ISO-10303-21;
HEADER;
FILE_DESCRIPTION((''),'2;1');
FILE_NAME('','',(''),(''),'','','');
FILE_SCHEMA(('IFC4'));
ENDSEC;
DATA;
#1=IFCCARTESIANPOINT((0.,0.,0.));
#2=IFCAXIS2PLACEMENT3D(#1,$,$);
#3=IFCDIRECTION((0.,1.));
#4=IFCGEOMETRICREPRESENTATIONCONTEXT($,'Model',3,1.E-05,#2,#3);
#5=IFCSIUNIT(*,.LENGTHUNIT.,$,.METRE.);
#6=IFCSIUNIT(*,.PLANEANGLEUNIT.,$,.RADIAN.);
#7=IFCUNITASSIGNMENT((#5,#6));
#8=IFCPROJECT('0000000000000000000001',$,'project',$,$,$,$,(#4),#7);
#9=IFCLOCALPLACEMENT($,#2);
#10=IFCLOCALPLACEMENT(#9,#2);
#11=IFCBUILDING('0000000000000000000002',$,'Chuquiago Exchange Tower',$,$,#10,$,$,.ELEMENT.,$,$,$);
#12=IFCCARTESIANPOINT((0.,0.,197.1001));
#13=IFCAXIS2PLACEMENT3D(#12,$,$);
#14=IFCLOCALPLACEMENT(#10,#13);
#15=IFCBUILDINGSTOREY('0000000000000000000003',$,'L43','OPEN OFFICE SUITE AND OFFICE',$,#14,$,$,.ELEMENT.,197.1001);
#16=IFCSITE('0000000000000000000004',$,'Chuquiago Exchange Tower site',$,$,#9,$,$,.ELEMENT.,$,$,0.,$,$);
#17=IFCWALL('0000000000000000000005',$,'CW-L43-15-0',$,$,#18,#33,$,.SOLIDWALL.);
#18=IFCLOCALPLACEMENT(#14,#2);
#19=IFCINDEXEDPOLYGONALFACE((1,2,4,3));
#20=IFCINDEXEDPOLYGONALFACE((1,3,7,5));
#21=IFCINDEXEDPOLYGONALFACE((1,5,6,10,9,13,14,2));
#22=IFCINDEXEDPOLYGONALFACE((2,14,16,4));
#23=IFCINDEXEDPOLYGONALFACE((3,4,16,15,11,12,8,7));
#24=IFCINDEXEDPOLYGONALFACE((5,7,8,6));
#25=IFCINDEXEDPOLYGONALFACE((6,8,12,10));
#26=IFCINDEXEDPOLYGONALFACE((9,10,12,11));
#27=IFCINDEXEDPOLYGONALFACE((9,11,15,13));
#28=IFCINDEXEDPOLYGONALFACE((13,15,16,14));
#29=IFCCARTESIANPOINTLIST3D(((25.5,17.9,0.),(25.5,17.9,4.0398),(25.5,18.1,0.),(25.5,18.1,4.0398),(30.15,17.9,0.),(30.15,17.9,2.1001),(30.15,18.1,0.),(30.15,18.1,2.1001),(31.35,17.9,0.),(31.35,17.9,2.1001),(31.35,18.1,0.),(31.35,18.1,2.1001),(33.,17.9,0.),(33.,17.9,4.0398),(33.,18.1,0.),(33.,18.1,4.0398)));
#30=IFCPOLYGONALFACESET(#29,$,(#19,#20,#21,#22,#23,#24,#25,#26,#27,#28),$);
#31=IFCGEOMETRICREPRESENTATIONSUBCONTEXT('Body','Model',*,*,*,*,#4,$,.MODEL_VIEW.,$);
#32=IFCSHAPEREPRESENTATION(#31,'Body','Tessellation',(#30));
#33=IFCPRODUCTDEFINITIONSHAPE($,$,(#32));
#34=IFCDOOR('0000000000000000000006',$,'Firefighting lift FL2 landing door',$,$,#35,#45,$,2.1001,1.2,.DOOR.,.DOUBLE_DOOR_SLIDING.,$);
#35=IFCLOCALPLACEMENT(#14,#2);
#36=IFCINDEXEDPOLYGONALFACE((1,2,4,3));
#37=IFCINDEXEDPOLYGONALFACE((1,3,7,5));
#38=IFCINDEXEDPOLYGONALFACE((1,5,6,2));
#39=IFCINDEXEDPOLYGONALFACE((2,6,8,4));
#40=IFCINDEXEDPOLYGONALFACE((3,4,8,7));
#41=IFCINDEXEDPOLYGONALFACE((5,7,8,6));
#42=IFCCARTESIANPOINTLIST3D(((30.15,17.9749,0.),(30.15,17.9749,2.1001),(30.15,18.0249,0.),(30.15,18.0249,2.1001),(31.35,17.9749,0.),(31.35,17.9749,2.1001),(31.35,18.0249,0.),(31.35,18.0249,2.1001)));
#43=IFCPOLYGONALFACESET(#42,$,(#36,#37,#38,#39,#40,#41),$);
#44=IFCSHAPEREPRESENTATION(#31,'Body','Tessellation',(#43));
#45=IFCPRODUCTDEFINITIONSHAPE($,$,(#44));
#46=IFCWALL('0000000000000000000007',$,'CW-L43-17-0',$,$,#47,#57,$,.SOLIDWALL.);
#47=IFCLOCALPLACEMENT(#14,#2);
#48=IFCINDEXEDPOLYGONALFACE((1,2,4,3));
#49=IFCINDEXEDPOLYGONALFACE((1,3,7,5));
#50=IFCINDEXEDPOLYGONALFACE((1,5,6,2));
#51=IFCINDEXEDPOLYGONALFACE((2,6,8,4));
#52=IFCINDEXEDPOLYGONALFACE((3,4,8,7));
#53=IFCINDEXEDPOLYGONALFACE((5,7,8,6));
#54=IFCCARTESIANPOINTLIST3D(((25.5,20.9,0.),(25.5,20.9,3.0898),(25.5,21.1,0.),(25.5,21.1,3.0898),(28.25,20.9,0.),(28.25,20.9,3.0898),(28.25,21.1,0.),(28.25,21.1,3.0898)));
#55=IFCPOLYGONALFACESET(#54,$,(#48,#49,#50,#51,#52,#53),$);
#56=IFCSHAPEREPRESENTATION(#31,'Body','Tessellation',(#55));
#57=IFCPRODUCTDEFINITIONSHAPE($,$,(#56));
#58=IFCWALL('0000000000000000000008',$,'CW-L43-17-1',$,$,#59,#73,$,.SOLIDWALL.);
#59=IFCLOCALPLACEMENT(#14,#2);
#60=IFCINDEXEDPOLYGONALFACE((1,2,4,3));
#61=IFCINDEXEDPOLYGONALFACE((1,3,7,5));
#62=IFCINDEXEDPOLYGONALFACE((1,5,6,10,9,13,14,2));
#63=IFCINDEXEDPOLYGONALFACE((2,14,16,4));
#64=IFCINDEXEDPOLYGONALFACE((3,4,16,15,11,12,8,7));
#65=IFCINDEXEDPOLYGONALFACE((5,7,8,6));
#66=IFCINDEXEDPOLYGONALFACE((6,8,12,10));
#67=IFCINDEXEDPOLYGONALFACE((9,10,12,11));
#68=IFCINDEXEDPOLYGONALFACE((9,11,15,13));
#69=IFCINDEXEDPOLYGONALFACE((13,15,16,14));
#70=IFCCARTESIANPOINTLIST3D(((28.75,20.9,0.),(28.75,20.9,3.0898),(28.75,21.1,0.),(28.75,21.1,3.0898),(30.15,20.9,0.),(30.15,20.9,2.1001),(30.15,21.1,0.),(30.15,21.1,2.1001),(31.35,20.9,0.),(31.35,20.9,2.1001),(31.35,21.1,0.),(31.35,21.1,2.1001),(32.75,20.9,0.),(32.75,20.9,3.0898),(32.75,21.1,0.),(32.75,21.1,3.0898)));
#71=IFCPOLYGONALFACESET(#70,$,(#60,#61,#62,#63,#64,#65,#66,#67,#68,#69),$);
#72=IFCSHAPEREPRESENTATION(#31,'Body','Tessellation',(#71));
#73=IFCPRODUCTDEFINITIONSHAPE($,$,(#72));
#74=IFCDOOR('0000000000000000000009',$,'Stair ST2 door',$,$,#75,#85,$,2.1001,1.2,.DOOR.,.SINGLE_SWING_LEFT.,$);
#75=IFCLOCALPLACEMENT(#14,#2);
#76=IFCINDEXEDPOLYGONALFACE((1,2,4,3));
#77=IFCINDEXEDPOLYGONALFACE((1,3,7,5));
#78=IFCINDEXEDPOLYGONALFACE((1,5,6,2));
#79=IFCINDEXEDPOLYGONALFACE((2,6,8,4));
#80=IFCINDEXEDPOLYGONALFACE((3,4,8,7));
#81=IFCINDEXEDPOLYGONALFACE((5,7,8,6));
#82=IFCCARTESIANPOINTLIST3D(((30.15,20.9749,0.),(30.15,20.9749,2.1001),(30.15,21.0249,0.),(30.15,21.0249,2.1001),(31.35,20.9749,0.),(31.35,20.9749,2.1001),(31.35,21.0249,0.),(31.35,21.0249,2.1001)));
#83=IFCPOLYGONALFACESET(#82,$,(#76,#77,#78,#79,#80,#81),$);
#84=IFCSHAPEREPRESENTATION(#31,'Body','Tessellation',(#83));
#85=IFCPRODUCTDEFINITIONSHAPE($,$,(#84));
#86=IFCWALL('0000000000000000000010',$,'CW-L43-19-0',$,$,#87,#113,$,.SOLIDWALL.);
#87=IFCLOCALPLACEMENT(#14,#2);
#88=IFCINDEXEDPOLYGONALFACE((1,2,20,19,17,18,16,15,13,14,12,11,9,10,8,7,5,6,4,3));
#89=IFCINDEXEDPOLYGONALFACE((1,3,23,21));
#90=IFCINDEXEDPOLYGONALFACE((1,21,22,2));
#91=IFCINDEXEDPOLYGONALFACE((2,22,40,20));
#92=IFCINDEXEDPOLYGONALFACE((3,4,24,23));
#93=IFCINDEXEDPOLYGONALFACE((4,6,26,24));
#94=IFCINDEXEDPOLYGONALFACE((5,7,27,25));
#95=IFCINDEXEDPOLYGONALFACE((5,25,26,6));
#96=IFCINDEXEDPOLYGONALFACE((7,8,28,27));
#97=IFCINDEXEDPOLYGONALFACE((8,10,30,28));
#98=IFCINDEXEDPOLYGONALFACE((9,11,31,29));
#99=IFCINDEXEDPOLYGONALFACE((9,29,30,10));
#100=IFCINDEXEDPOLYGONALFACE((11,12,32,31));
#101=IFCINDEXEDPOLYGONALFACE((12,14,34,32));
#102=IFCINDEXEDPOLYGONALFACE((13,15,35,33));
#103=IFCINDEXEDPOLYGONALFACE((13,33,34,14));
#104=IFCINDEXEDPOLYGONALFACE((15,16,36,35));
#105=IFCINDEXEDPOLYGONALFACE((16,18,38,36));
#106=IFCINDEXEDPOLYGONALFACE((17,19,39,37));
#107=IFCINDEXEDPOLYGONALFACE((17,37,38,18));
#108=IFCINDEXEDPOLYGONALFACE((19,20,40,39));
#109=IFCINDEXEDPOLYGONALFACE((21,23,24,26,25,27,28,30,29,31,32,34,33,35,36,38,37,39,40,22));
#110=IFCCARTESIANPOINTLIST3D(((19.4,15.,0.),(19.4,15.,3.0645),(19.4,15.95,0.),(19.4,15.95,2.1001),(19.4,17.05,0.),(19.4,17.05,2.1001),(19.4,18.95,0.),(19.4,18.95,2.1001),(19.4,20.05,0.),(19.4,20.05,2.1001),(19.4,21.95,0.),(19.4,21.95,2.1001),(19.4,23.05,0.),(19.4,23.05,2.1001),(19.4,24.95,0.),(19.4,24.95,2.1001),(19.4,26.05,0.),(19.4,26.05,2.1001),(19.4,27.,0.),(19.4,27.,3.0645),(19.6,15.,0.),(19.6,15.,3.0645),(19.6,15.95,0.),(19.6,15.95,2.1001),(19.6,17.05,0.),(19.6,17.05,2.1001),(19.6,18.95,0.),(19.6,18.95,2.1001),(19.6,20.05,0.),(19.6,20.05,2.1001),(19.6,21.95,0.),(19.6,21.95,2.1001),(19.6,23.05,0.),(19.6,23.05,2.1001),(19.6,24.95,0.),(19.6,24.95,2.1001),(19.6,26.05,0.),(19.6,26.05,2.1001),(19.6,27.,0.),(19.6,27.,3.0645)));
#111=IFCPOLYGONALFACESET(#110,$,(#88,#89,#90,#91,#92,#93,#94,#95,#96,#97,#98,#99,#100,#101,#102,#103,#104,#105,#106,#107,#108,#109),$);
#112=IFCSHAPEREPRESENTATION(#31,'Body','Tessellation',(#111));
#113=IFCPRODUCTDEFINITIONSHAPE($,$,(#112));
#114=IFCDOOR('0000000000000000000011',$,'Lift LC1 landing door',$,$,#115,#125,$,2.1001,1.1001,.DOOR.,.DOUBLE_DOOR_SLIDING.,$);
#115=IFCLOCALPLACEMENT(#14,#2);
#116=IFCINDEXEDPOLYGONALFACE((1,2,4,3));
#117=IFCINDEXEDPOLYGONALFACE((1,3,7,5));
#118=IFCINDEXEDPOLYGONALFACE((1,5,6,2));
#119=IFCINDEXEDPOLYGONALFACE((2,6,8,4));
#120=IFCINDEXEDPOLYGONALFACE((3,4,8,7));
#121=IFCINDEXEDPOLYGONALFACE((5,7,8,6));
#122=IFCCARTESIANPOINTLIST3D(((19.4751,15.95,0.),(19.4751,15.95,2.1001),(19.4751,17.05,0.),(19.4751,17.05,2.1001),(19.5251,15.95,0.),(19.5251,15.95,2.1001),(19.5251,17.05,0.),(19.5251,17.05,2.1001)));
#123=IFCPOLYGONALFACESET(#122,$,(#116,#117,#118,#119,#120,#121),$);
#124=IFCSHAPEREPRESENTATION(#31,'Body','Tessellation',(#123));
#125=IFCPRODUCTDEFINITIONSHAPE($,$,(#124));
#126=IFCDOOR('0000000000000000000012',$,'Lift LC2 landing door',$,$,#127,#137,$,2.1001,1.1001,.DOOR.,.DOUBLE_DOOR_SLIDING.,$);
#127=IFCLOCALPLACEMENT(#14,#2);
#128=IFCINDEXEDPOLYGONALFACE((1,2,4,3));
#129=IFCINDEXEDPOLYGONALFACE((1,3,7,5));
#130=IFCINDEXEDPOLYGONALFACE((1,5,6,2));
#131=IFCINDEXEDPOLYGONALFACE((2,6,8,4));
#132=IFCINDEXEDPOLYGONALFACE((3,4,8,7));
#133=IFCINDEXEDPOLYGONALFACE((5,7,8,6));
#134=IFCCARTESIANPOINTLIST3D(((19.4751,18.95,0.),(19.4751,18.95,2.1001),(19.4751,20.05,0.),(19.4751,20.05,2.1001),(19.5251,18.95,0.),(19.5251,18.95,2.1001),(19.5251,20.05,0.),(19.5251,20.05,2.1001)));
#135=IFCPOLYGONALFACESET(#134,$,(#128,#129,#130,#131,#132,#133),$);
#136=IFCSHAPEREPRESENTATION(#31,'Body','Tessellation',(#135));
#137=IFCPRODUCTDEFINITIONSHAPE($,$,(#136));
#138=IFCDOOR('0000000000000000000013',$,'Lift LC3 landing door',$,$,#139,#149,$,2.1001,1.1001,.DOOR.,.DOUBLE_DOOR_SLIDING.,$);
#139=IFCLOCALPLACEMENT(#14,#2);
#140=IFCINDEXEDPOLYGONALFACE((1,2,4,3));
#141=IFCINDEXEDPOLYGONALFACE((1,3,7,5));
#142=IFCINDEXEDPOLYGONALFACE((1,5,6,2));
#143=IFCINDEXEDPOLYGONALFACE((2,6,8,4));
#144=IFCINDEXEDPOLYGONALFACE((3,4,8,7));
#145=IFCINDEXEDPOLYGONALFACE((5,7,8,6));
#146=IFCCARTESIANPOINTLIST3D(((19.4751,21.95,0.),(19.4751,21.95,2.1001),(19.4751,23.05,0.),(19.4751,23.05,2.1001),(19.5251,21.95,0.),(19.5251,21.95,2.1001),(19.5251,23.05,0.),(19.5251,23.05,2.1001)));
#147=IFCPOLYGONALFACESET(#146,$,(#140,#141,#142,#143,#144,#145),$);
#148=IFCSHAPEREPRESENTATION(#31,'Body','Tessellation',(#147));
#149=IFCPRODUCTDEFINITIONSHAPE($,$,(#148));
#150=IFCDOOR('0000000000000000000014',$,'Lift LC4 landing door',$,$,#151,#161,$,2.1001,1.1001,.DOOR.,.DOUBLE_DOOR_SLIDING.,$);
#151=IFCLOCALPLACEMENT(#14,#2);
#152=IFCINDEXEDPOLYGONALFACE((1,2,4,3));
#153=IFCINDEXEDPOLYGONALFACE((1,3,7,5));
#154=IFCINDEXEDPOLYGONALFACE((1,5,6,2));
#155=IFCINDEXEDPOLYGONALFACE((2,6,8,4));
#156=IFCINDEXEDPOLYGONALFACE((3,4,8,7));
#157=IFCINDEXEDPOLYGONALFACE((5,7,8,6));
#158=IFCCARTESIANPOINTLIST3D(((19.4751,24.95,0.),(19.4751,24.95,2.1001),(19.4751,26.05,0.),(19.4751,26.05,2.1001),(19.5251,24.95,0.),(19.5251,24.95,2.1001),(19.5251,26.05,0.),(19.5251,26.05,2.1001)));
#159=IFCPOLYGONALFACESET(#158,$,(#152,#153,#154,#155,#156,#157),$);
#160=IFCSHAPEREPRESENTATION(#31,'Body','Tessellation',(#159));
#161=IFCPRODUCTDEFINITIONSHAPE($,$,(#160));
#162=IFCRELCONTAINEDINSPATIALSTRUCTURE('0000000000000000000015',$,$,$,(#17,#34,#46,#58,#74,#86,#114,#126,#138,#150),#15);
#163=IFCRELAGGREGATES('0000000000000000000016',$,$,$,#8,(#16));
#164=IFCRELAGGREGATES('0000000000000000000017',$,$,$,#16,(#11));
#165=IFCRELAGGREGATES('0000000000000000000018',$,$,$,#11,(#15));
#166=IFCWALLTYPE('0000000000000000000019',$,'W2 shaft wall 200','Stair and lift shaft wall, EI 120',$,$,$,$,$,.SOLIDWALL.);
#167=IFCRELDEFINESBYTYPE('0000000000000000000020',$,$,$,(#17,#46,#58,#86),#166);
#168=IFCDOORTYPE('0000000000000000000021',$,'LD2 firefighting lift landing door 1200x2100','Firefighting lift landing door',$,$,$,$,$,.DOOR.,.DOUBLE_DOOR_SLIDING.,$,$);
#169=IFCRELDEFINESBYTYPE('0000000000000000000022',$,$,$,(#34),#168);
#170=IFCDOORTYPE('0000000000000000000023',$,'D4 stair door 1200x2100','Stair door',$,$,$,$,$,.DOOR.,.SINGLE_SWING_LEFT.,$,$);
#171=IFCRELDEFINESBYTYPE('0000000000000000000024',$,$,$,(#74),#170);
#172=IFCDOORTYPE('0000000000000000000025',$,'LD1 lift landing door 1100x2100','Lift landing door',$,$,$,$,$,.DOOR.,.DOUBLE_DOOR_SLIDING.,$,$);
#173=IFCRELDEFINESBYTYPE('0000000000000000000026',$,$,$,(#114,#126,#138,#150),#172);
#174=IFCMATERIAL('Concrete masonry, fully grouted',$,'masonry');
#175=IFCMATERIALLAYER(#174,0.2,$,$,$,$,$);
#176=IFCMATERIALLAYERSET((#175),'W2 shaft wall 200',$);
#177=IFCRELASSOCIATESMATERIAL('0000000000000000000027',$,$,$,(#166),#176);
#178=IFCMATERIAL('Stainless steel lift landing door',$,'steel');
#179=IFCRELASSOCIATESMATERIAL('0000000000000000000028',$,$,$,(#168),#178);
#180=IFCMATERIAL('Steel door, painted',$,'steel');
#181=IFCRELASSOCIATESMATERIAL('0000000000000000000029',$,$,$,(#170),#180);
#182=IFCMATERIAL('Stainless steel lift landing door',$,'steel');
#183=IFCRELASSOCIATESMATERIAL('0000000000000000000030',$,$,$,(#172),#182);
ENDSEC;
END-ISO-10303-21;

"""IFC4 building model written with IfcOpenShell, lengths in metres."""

from ifc_helpers import new_model, si_unit, direction, frame, frame_2d, origin, place, context, subcontext, project, spatial, rectangle, extrude, material, layer, layer_set, type_object, element, fill, save


model = new_model("IFC4")

# Units and contexts
model_context = context("Model", 3, precision=1e-05, world=origin(), true_north=direction((0.0, 1.0)))
body_context = subcontext(model_context, "Body", "Model", "MODEL_VIEW")
ifc_project = project(units=[si_unit("LENGTHUNIT", "METRE"), si_unit("PLANEANGLEUNIT", "RADIAN")], contexts=[model_context])

# Site, building, storey
site_placement = place(None, origin())
site = spatial("IfcSite", under=ifc_project, at=site_placement, Name="Chuquiago Exchange Tower site", CompositionType="ELEMENT", RefElevation=0.0)
building_placement = place(site_placement, origin())
building = spatial("IfcBuilding", under=site, at=building_placement, Name="Chuquiago Exchange Tower", CompositionType="ELEMENT")
storey_placement = place(building_placement, frame((0.0, 0.0, 197.1001)))
storey = spatial("IfcBuildingStorey", under=building, at=storey_placement, Name="L43", Description="OPEN OFFICE SUITE AND OFFICE", CompositionType="ELEMENT", Elevation=197.1001)

# Shared definitions
ifc_material_1 = material(Name="Concrete masonry, fully grouted", Category="masonry")
ifc_layer_1 = layer(ifc_material_1, 0.2)
ifc_layer_set_1 = layer_set([ifc_layer_1], Name="W2 shaft wall 200")
wall_type_1 = type_object("IfcWallType", Name="W2 shaft wall 200", Description="Stair and lift shaft wall, EI 120", PredefinedType="SOLIDWALL", material=ifc_layer_set_1)

# Wall, opening, door
wall_1_placement = place(storey_placement, frame((25.5, 18.0, 0.0), z_axis=(0.0, 0.0, 1.0), x_axis=(1.0, 0.0, 0.0)))
wall_1 = element("IfcWall", 1, at=wall_1_placement, inside=storey, type_object=wall_type_1, Name="CW-L43-15-0", PredefinedType="SOLIDWALL", context=body_context, shape_type="SweptSolid", body=[
    extrude(rectangle(XDim=7.5, YDim=0.2, at=frame_2d((3.75, 0.0))), origin(), (0.0, 0.0, 1.0), 4.0398),
])
opening_1_placement = place(wall_1_placement, frame((4.6499, 0.0, 0.0)))
opening_1 = element("IfcOpeningElement", 2, at=opening_1_placement, cuts=wall_1, PredefinedType="OPENING", context=body_context, shape_type="SweptSolid", body=[
    extrude(rectangle(XDim=1.2, YDim=2.1001, at=frame_2d((0.6001, 1.05))), frame((0.0, 0.1099, 0.0), z_axis=(0.0, -1.0, 0.0), x_axis=(1.0, 0.0, 0.0)), (0.0, 0.0, 1.0), 0.22),
])
ifc_material_2 = material(Name="Stainless steel lift landing door", Category="steel")
door_type_1 = type_object("IfcDoorType", Name="LD2 firefighting lift landing door 1200x2100", Description="Firefighting lift landing door", OperationType="DOUBLE_DOOR_SLIDING", PredefinedType="DOOR", material=ifc_material_2)
door_1_placement = place(opening_1_placement, origin())
door_1 = element("IfcDoor", 3, at=door_1_placement, inside=storey, type_object=door_type_1, Name="Firefighting lift FL2 landing door", OperationType="DOUBLE_DOOR_SLIDING", OverallHeight=2.1001, OverallWidth=1.2, PredefinedType="DOOR", context=body_context, shape_type="SweptSolid", body=[
    extrude(rectangle(XDim=1.2, YDim=2.1001, at=frame_2d((0.6001, 1.05))), frame((0.0, 0.0249, 0.0), z_axis=(0.0, -1.0, 0.0), x_axis=(1.0, 0.0, 0.0)), (0.0, 0.0, 1.0), 0.05),
])
fill(opening_1, door_1)

# Wall
wall_2_placement = place(storey_placement, frame((25.5, 21.0, 0.0), z_axis=(0.0, 0.0, 1.0), x_axis=(1.0, 0.0, 0.0)))
element("IfcWall", 4, at=wall_2_placement, inside=storey, type_object=wall_type_1, Name="CW-L43-17-0", PredefinedType="SOLIDWALL", context=body_context, shape_type="SweptSolid", body=[
    extrude(rectangle(XDim=2.75, YDim=0.2, at=frame_2d((1.375, 0.0))), origin(), (0.0, 0.0, 1.0), 3.0898),
])

# Wall, opening, door
wall_3_placement = place(storey_placement, frame((28.75, 21.0, 0.0), z_axis=(0.0, 0.0, 1.0), x_axis=(1.0, 0.0, 0.0)))
wall_3 = element("IfcWall", 5, at=wall_3_placement, inside=storey, type_object=wall_type_1, Name="CW-L43-17-1", PredefinedType="SOLIDWALL", context=body_context, shape_type="SweptSolid", body=[
    extrude(rectangle(XDim=4.0, YDim=0.2, at=frame_2d((2.0, 0.0))), origin(), (0.0, 0.0, 1.0), 3.0898),
])
opening_2_placement = place(wall_3_placement, frame((1.3999, 0.0, 0.0)))
opening_2 = element("IfcOpeningElement", 6, at=opening_2_placement, cuts=wall_3, PredefinedType="OPENING", context=body_context, shape_type="SweptSolid", body=[
    extrude(rectangle(XDim=1.2, YDim=2.1001, at=frame_2d((0.6001, 1.05))), frame((0.0, 0.1099, 0.0), z_axis=(0.0, -1.0, 0.0), x_axis=(1.0, 0.0, 0.0)), (0.0, 0.0, 1.0), 0.22),
])
ifc_material_3 = material(Name="Steel door, painted", Category="steel")
door_type_2 = type_object("IfcDoorType", Name="D4 stair door 1200x2100", Description="Stair door", OperationType="SINGLE_SWING_LEFT", PredefinedType="DOOR", material=ifc_material_3)
door_2_placement = place(opening_2_placement, origin())
door_2 = element("IfcDoor", 7, at=door_2_placement, inside=storey, type_object=door_type_2, Name="Stair ST2 door", OperationType="SINGLE_SWING_LEFT", OverallHeight=2.1001, OverallWidth=1.2, PredefinedType="DOOR", context=body_context, shape_type="SweptSolid", body=[
    extrude(rectangle(XDim=1.2, YDim=2.1001, at=frame_2d((0.6001, 1.05))), frame((0.0, 0.0249, 0.0), z_axis=(0.0, -1.0, 0.0), x_axis=(1.0, 0.0, 0.0)), (0.0, 0.0, 1.0), 0.05),
])
fill(opening_2, door_2)

# Wall, openings, doors
wall_4_placement = place(storey_placement, frame((19.5, 15.0, 0.0), z_axis=(0.0, 0.0, 1.0), x_axis=(0.0, 1.0, 0.0)))
wall_4 = element("IfcWall", 8, at=wall_4_placement, inside=storey, type_object=wall_type_1, Name="CW-L43-19-0", PredefinedType="SOLIDWALL", context=body_context, shape_type="SweptSolid", body=[
    extrude(rectangle(XDim=12.0, YDim=0.2, at=frame_2d((6.0, 0.0))), origin(), (0.0, 0.0, 1.0), 3.0645),
])
opening_3_placement = place(wall_4_placement, frame((0.95, 0.0, 0.0)))
opening_3 = element("IfcOpeningElement", 9, at=opening_3_placement, cuts=wall_4, PredefinedType="OPENING", context=body_context, shape_type="SweptSolid", body=[
    extrude(rectangle(XDim=1.1001, YDim=2.1001, at=frame_2d((0.55, 1.05))), frame((0.0, 0.1099, 0.0), z_axis=(0.0, -1.0, 0.0), x_axis=(1.0, 0.0, 0.0)), (0.0, 0.0, 1.0), 0.22),
])
opening_4_placement = place(wall_4_placement, frame((3.95, 0.0, 0.0)))
opening_4 = element("IfcOpeningElement", 10, at=opening_4_placement, cuts=wall_4, PredefinedType="OPENING", context=body_context, shape_type="SweptSolid", body=[
    extrude(rectangle(XDim=1.1001, YDim=2.1001, at=frame_2d((0.55, 1.05))), frame((0.0, 0.1099, 0.0), z_axis=(0.0, -1.0, 0.0), x_axis=(1.0, 0.0, 0.0)), (0.0, 0.0, 1.0), 0.22),
])
opening_5_placement = place(wall_4_placement, frame((6.95, 0.0, 0.0)))
opening_5 = element("IfcOpeningElement", 11, at=opening_5_placement, cuts=wall_4, PredefinedType="OPENING", context=body_context, shape_type="SweptSolid", body=[
    extrude(rectangle(XDim=1.1001, YDim=2.1001, at=frame_2d((0.55, 1.05))), frame((0.0, 0.1099, 0.0), z_axis=(0.0, -1.0, 0.0), x_axis=(1.0, 0.0, 0.0)), (0.0, 0.0, 1.0), 0.22),
])
opening_6_placement = place(wall_4_placement, frame((9.95, 0.0, 0.0)))
opening_6 = element("IfcOpeningElement", 12, at=opening_6_placement, cuts=wall_4, PredefinedType="OPENING", context=body_context, shape_type="SweptSolid", body=[
    extrude(rectangle(XDim=1.1001, YDim=2.1001, at=frame_2d((0.55, 1.05))), frame((0.0, 0.1099, 0.0), z_axis=(0.0, -1.0, 0.0), x_axis=(1.0, 0.0, 0.0)), (0.0, 0.0, 1.0), 0.22),
])
ifc_material_4 = material(Name="Stainless steel lift landing door", Category="steel")
door_type_3 = type_object("IfcDoorType", Name="LD1 lift landing door 1100x2100", Description="Lift landing door", OperationType="DOUBLE_DOOR_SLIDING", PredefinedType="DOOR", material=ifc_material_4)
door_3_placement = place(opening_3_placement, origin())
door_3 = element("IfcDoor", 13, at=door_3_placement, inside=storey, type_object=door_type_3, Name="Lift LC1 landing door", OperationType="DOUBLE_DOOR_SLIDING", OverallHeight=2.1001, OverallWidth=1.1001, PredefinedType="DOOR", context=body_context, shape_type="SweptSolid", body=[
    extrude(rectangle(XDim=1.1001, YDim=2.1001, at=frame_2d((0.55, 1.05))), frame((0.0, 0.0249, 0.0), z_axis=(0.0, -1.0, 0.0), x_axis=(1.0, 0.0, 0.0)), (0.0, 0.0, 1.0), 0.05),
])
fill(opening_3, door_3)
door_4_placement = place(opening_4_placement, origin())
door_4 = element("IfcDoor", 14, at=door_4_placement, inside=storey, type_object=door_type_3, Name="Lift LC2 landing door", OperationType="DOUBLE_DOOR_SLIDING", OverallHeight=2.1001, OverallWidth=1.1001, PredefinedType="DOOR", context=body_context, shape_type="SweptSolid", body=[
    extrude(rectangle(XDim=1.1001, YDim=2.1001, at=frame_2d((0.55, 1.05))), frame((0.0, 0.0249, 0.0), z_axis=(0.0, -1.0, 0.0), x_axis=(1.0, 0.0, 0.0)), (0.0, 0.0, 1.0), 0.05),
])
fill(opening_4, door_4)
door_5_placement = place(opening_5_placement, origin())
door_5 = element("IfcDoor", 15, at=door_5_placement, inside=storey, type_object=door_type_3, Name="Lift LC3 landing door", OperationType="DOUBLE_DOOR_SLIDING", OverallHeight=2.1001, OverallWidth=1.1001, PredefinedType="DOOR", context=body_context, shape_type="SweptSolid", body=[
    extrude(rectangle(XDim=1.1001, YDim=2.1001, at=frame_2d((0.55, 1.05))), frame((0.0, 0.0249, 0.0), z_axis=(0.0, -1.0, 0.0), x_axis=(1.0, 0.0, 0.0)), (0.0, 0.0, 1.0), 0.05),
])
fill(opening_5, door_5)
door_6_placement = place(opening_6_placement, origin())
door_6 = element("IfcDoor", 16, at=door_6_placement, inside=storey, type_object=door_type_3, Name="Lift LC4 landing door", OperationType="DOUBLE_DOOR_SLIDING", OverallHeight=2.1001, OverallWidth=1.1001, PredefinedType="DOOR", context=body_context, shape_type="SweptSolid", body=[
    extrude(rectangle(XDim=1.1001, YDim=2.1001, at=frame_2d((0.55, 1.05))), frame((0.0, 0.0249, 0.0), z_axis=(0.0, -1.0, 0.0), x_axis=(1.0, 0.0, 0.0)), (0.0, 0.0, 1.0), 0.05),
])
fill(opening_6, door_6)

save(model, "model.ifc")
